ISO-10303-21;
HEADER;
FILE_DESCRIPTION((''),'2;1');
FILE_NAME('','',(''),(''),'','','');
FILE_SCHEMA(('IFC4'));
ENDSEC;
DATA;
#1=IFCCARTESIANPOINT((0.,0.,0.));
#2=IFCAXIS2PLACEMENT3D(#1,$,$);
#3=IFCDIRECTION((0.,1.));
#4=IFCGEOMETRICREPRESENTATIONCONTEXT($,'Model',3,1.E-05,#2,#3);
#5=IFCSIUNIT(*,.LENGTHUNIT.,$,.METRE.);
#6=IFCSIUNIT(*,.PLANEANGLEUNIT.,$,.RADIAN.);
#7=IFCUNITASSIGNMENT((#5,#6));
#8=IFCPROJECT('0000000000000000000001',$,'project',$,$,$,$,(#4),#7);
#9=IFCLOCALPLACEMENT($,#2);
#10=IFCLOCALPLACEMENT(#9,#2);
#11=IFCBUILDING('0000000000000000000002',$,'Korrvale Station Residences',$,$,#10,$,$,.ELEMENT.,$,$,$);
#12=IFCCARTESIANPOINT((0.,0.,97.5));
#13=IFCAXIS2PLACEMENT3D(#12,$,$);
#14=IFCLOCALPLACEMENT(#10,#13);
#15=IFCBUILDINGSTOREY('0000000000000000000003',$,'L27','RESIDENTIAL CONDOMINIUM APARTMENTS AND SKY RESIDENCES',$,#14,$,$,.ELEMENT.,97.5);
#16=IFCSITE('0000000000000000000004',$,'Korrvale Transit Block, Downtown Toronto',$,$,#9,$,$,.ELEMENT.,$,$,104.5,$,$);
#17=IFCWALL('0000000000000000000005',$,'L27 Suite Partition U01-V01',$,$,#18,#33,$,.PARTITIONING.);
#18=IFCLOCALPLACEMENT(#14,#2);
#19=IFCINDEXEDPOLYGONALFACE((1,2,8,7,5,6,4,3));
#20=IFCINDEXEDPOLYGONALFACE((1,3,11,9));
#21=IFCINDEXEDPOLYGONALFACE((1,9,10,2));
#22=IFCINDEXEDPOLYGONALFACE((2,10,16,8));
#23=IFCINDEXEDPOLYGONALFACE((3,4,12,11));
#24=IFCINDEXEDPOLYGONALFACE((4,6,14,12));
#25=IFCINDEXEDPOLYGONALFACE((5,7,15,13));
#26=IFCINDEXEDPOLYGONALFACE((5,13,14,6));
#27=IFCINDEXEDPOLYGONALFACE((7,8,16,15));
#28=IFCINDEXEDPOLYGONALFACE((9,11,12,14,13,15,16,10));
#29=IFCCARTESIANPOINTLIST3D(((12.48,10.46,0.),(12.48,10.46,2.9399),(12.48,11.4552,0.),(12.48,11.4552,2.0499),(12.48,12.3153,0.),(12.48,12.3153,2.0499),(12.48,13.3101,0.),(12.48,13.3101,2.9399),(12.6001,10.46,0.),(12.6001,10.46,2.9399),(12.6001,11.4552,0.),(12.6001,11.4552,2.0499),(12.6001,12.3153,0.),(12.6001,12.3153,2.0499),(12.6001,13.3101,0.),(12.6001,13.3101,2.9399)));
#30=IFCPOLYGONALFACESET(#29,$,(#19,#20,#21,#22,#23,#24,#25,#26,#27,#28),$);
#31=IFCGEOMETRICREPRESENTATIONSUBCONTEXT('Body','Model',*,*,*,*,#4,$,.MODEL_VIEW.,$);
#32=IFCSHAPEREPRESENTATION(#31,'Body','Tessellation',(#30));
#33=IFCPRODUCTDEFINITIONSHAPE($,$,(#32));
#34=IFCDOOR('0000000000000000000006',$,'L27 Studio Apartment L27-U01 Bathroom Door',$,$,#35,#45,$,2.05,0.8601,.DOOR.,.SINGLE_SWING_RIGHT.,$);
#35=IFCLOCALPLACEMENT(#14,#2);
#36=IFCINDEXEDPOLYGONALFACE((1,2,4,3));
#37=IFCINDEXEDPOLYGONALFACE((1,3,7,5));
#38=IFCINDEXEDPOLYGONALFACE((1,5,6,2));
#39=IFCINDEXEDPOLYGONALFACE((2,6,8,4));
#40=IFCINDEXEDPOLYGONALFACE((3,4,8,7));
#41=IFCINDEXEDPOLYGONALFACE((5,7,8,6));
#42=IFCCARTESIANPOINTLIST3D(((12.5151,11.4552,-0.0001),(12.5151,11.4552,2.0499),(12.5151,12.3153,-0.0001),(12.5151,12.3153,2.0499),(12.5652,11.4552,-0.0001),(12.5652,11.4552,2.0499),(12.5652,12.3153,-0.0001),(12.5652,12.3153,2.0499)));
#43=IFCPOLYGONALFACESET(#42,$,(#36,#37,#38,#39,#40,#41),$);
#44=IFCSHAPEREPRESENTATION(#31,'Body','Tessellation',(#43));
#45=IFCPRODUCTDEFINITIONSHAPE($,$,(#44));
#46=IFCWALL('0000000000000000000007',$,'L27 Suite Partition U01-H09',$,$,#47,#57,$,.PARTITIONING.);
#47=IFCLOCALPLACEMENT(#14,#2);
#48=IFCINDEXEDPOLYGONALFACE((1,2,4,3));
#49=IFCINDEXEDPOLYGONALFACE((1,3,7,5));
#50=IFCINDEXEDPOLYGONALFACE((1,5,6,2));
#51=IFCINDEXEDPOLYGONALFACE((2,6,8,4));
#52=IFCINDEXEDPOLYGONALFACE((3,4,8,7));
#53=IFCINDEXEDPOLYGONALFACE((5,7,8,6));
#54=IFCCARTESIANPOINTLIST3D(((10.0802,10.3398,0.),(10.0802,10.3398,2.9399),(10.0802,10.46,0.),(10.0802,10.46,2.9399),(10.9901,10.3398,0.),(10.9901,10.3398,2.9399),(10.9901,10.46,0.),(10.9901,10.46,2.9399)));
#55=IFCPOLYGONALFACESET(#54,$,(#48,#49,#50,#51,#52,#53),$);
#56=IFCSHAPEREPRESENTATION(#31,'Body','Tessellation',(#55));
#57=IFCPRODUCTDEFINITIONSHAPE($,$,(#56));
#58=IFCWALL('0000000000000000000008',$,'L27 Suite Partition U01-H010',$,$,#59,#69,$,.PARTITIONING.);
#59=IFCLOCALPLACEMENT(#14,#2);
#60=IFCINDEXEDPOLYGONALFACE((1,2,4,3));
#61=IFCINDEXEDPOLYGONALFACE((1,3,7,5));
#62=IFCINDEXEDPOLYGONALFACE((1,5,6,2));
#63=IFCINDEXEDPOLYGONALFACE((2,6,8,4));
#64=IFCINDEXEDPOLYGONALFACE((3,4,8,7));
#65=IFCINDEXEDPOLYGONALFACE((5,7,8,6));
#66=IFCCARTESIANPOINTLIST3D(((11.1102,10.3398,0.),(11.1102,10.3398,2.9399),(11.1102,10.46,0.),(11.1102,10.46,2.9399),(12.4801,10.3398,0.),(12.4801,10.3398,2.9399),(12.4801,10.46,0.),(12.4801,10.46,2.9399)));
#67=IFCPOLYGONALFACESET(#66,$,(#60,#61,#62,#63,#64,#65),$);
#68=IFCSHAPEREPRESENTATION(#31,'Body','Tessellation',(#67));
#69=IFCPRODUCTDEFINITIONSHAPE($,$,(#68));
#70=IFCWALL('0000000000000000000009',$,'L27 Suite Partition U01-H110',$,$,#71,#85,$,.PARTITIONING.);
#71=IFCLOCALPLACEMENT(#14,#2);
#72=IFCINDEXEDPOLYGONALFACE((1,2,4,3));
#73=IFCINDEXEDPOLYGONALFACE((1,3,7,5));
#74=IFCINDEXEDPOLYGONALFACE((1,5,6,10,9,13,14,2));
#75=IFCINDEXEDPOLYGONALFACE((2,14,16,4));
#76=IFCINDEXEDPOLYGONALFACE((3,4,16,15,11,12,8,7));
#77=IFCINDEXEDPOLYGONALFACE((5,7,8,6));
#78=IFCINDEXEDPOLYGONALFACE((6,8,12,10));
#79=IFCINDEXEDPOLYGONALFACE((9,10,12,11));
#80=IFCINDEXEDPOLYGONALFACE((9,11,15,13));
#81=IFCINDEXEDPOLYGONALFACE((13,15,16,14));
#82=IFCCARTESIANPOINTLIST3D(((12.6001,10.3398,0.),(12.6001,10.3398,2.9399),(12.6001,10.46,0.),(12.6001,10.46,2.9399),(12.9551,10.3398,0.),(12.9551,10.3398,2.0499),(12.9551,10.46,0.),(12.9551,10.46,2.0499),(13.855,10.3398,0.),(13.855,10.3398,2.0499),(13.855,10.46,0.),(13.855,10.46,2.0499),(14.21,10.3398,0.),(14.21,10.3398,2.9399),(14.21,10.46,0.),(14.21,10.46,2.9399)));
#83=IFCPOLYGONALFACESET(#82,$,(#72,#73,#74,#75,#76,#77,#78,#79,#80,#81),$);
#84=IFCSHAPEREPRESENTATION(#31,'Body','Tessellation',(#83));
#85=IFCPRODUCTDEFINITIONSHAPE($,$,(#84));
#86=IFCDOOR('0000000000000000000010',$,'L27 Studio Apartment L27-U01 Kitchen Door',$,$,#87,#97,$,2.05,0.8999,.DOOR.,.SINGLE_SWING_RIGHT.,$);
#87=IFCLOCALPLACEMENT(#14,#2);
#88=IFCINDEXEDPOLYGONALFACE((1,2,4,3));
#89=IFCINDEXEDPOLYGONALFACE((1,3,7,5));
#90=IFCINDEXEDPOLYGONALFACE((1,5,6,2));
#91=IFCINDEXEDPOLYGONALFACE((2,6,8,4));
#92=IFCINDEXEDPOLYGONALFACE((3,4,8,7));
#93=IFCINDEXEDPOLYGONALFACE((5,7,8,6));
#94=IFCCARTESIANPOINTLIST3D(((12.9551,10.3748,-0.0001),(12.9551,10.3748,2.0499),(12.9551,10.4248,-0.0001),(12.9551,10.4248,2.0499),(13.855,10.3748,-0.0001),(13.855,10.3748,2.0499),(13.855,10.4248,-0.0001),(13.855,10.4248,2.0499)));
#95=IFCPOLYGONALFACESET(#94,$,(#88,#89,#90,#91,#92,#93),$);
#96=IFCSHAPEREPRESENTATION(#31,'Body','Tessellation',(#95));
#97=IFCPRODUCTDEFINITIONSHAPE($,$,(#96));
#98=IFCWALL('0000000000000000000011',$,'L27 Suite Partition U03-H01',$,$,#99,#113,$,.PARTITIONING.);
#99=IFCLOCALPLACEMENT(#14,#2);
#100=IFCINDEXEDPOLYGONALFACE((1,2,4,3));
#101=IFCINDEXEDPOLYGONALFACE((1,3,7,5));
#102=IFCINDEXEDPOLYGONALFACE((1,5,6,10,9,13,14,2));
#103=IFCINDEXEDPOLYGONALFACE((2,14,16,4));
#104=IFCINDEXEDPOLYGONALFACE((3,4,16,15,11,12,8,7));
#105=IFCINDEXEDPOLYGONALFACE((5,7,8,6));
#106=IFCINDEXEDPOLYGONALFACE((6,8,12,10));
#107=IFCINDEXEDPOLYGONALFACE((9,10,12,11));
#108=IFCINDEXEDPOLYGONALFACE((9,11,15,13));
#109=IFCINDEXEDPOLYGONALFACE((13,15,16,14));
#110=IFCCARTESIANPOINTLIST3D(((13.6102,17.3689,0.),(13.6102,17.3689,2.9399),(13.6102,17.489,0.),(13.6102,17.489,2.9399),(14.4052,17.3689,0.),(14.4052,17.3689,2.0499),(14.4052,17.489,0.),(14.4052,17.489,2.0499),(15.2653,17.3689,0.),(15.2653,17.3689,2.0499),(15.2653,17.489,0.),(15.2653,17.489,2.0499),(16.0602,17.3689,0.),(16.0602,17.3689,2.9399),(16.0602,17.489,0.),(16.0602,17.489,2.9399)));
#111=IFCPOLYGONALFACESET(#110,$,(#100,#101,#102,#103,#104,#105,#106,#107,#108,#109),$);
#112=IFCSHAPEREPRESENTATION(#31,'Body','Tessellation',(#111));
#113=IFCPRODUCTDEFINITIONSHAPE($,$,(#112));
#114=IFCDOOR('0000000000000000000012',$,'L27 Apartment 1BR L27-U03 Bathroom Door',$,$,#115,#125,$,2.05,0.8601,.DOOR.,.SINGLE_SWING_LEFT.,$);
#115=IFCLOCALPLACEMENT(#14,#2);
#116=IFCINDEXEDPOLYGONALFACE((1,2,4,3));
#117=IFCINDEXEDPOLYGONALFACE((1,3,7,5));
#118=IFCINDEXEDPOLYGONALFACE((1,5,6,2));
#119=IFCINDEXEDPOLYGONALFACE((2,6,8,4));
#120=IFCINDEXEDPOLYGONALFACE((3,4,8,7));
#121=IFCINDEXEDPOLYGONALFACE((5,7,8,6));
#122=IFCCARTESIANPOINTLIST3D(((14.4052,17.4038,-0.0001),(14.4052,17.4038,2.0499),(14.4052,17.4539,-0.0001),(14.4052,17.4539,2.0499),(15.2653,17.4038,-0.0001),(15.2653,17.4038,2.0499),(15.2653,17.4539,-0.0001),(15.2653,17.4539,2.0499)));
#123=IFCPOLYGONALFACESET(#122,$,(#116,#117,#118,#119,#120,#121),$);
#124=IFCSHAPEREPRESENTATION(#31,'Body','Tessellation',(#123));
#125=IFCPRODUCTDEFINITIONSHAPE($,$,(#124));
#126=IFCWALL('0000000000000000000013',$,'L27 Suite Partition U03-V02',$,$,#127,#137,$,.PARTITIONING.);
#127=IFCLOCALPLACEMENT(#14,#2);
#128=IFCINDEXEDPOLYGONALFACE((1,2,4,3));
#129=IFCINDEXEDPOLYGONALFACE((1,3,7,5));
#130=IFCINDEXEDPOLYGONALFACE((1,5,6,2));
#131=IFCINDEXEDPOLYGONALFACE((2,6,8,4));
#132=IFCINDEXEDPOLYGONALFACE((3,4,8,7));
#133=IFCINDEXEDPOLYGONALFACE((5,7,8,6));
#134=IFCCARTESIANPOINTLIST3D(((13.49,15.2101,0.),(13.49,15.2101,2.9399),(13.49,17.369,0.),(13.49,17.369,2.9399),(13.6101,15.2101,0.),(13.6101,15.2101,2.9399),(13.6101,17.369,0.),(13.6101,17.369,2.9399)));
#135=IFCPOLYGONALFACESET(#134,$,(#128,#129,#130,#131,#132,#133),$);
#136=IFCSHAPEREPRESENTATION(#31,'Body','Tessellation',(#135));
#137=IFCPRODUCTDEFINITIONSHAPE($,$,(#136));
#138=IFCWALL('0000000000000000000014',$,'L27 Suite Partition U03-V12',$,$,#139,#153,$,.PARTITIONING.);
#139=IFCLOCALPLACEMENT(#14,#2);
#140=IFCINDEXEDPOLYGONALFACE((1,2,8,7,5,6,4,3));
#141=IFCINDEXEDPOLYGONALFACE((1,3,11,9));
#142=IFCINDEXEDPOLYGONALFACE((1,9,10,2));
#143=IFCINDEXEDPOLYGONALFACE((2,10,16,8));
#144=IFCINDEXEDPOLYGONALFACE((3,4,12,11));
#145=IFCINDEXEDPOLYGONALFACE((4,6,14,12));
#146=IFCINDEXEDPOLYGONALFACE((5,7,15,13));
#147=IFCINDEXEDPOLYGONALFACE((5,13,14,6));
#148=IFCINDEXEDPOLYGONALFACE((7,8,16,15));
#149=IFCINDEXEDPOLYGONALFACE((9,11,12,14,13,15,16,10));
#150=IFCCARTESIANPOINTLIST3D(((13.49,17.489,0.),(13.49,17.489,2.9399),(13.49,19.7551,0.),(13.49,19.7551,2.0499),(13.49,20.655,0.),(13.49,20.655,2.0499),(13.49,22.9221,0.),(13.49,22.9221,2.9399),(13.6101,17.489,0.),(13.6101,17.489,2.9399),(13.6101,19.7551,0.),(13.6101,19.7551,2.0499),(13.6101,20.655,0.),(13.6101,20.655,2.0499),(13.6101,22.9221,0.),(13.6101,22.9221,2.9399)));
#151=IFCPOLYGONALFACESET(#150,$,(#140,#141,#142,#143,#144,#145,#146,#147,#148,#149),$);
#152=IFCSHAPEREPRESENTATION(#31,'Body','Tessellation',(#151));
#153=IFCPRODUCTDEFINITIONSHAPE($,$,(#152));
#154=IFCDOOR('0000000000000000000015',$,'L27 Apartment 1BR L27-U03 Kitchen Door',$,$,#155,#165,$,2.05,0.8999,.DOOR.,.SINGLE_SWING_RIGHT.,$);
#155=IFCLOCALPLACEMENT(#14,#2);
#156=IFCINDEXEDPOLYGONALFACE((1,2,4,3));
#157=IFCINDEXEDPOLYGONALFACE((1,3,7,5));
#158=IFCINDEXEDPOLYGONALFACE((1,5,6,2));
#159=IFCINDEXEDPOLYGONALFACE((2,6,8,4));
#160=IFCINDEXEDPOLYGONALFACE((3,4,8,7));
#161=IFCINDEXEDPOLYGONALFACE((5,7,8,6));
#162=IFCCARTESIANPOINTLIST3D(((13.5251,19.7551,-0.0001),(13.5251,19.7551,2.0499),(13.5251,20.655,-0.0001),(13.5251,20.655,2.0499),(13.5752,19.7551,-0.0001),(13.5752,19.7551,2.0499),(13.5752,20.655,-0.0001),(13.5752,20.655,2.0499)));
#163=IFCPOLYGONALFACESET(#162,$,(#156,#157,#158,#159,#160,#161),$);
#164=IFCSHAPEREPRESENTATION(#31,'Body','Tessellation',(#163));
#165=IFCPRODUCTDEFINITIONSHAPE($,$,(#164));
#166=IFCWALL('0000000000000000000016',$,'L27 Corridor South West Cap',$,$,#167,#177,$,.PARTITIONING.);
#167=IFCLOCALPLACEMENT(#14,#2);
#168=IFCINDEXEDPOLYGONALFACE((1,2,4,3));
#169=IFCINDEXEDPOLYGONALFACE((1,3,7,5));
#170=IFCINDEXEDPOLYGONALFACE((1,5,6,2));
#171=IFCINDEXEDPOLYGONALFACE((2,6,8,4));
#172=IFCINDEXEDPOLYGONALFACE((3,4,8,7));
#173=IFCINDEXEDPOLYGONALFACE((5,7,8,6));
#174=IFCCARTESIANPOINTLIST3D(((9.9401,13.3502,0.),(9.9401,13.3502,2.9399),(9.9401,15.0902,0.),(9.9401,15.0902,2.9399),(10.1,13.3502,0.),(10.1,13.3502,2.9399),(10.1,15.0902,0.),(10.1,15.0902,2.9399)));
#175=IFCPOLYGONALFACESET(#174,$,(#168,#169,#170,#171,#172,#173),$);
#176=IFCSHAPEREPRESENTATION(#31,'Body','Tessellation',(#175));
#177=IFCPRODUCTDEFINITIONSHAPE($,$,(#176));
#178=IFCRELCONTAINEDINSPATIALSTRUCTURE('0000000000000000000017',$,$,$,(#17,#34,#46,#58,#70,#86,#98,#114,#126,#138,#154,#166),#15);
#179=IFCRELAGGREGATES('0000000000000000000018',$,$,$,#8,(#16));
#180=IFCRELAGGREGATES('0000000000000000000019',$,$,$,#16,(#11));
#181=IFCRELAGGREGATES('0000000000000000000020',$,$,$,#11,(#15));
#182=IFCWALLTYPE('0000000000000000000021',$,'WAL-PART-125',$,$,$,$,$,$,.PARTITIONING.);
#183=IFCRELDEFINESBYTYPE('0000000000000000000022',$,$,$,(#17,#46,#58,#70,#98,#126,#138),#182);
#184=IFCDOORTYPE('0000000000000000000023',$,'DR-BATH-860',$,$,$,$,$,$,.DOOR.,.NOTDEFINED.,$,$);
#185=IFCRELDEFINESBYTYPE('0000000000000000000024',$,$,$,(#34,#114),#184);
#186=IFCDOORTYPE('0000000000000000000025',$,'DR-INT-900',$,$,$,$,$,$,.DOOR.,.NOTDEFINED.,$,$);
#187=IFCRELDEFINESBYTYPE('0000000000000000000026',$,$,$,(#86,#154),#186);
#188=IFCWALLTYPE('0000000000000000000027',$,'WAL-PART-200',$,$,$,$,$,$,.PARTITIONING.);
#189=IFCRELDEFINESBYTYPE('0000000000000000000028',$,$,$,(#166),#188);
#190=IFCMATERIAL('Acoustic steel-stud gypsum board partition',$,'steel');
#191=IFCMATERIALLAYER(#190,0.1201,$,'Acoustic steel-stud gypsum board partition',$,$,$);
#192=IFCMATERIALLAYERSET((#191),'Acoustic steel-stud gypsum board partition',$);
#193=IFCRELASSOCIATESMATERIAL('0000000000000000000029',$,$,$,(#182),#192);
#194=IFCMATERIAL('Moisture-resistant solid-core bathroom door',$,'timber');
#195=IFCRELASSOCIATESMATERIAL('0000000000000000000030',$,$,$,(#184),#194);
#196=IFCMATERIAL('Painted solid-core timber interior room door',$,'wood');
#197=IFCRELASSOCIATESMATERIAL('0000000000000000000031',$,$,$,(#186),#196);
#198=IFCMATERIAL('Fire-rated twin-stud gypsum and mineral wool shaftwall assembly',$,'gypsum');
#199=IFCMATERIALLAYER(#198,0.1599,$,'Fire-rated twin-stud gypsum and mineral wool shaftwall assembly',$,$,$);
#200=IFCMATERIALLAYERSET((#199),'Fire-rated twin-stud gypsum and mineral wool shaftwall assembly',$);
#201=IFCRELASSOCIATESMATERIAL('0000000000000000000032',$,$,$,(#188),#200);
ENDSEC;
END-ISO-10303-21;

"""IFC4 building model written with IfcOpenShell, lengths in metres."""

from ifc_helpers import new_model, si_unit, direction, frame, frame_2d, origin, place, context, subcontext, project, spatial, rectangle, extrude, material, layer, layer_set, type_object, element, fill, save


model = new_model("IFC4")

# Units and contexts
model_context = context("Model", 3, precision=1e-05, world=origin(), true_north=direction((0.0, 1.0)))
body_context = subcontext(model_context, "Body", "Model", "MODEL_VIEW")
ifc_project = project(units=[si_unit("LENGTHUNIT", "METRE"), si_unit("PLANEANGLEUNIT", "RADIAN")], contexts=[model_context])

# Site, building, storey
site_placement = place(None, origin())
site = spatial("IfcSite", under=ifc_project, at=site_placement, Name="Korrvale Transit Block, Downtown Toronto", CompositionType="ELEMENT", RefElevation=104.5)
building_placement = place(site_placement, origin())
building = spatial("IfcBuilding", under=site, at=building_placement, Name="Korrvale Station Residences", CompositionType="ELEMENT")
storey_placement = place(building_placement, frame((0.0, 0.0, 97.5)))
storey = spatial("IfcBuildingStorey", under=building, at=storey_placement, Name="L27", Description="RESIDENTIAL CONDOMINIUM APARTMENTS AND SKY RESIDENCES", CompositionType="ELEMENT", Elevation=97.5)

# Wall, opening, door
ifc_material_1 = material(Name="Acoustic steel-stud gypsum board partition", Category="steel")
ifc_layer_1 = layer(ifc_material_1, 0.1201, Name="Acoustic steel-stud gypsum board partition")
ifc_layer_set_1 = layer_set([ifc_layer_1], Name="Acoustic steel-stud gypsum board partition")
wall_type_1 = type_object("IfcWallType", Name="WAL-PART-125", PredefinedType="PARTITIONING", material=ifc_layer_set_1)
wall_1_placement = place(storey_placement, frame((12.54, 10.46, 0.0), z_axis=(0.0, 0.0, 1.0), x_axis=(0.0, 1.0, 0.0)))
wall_1 = element("IfcWall", 1, at=wall_1_placement, inside=storey, type_object=wall_type_1, Name="L27 Suite Partition U01-V01", PredefinedType="PARTITIONING", context=body_context, shape_type="SweptSolid", body=[
    extrude(rectangle(XDim=2.8501, YDim=0.1201, at=frame_2d((1.425, 0.0))), origin(), (0.0, 0.0, 1.0), 2.9399),
])
opening_1_placement = place(wall_1_placement, frame((0.9951, 0.0, 0.0)))
opening_1 = element("IfcOpeningElement", 2, at=opening_1_placement, cuts=wall_1, PredefinedType="OPENING", context=body_context, shape_type="SweptSolid", body=[
    extrude(rectangle(XDim=0.8601, YDim=2.05, at=frame_2d((0.4302, 1.0249))), frame((0.0, 0.0701, 0.0), z_axis=(0.0, -1.0, 0.0), x_axis=(1.0, 0.0, 0.0)), (0.0, 0.0, 1.0), 0.1401),
])
ifc_material_2 = material(Name="Moisture-resistant solid-core bathroom door", Category="timber")
door_type_1 = type_object("IfcDoorType", Name="DR-BATH-860", OperationType="NOTDEFINED", PredefinedType="DOOR", material=ifc_material_2)
door_1_placement = place(opening_1_placement, origin())
door_1 = element("IfcDoor", 3, at=door_1_placement, inside=storey, type_object=door_type_1, Name="L27 Studio Apartment L27-U01 Bathroom Door", OperationType="SINGLE_SWING_RIGHT", OverallHeight=2.05, OverallWidth=0.8601, PredefinedType="DOOR", context=body_context, shape_type="SweptSolid", body=[
    extrude(rectangle(XDim=0.8601, YDim=2.05, at=frame_2d((0.4302, 1.0249))), frame((0.0, 0.0249, 0.0), z_axis=(0.0, -1.0, 0.0), x_axis=(1.0, 0.0, 0.0)), (0.0, 0.0, 1.0), 0.05),
])
fill(opening_1, door_1)

# Walls
wall_2_placement = place(storey_placement, frame((10.0801, 10.3999, 0.0), z_axis=(0.0, 0.0, 1.0), x_axis=(1.0, 0.0, 0.0)))
element("IfcWall", 4, at=wall_2_placement, inside=storey, type_object=wall_type_1, Name="L27 Suite Partition U01-H09", PredefinedType="PARTITIONING", context=body_context, shape_type="SweptSolid", body=[
    extrude(rectangle(XDim=0.9099, YDim=0.1201, at=frame_2d((0.4551, 0.0))), origin(), (0.0, 0.0, 1.0), 2.9399),
])
wall_3_placement = place(storey_placement, frame((11.1101, 10.3999, 0.0), z_axis=(0.0, 0.0, 1.0), x_axis=(1.0, 0.0, 0.0)))
element("IfcWall", 5, at=wall_3_placement, inside=storey, type_object=wall_type_1, Name="L27 Suite Partition U01-H010", PredefinedType="PARTITIONING", context=body_context, shape_type="SweptSolid", body=[
    extrude(rectangle(XDim=1.3699, YDim=0.1201, at=frame_2d((0.6851, 0.0))), origin(), (0.0, 0.0, 1.0), 2.9399),
])

# Walls, openings, doors
wall_4_placement = place(storey_placement, frame((12.6001, 10.3999, 0.0), z_axis=(0.0, 0.0, 1.0), x_axis=(1.0, 0.0, 0.0)))
wall_4 = element("IfcWall", 6, at=wall_4_placement, inside=storey, type_object=wall_type_1, Name="L27 Suite Partition U01-H110", PredefinedType="PARTITIONING", context=body_context, shape_type="SweptSolid", body=[
    extrude(rectangle(XDim=1.6099, YDim=0.1201, at=frame_2d((0.8049, 0.0))), origin(), (0.0, 0.0, 1.0), 2.9399),
])
opening_2_placement = place(wall_4_placement, frame((0.355, 0.0, 0.0)))
opening_2 = element("IfcOpeningElement", 7, at=opening_2_placement, cuts=wall_4, PredefinedType="OPENING", context=body_context, shape_type="SweptSolid", body=[
    extrude(rectangle(XDim=0.8999, YDim=2.05, at=frame_2d((0.45, 1.0249))), frame((0.0, 0.0701, 0.0), z_axis=(0.0, -1.0, 0.0), x_axis=(1.0, 0.0, 0.0)), (0.0, 0.0, 1.0), 0.1401),
])
ifc_material_3 = material(Name="Painted solid-core timber interior room door", Category="wood")
door_type_2 = type_object("IfcDoorType", Name="DR-INT-900", OperationType="NOTDEFINED", PredefinedType="DOOR", material=ifc_material_3)
door_2_placement = place(opening_2_placement, origin())
door_2 = element("IfcDoor", 8, at=door_2_placement, inside=storey, type_object=door_type_2, Name="L27 Studio Apartment L27-U01 Kitchen Door", OperationType="SINGLE_SWING_RIGHT", OverallHeight=2.05, OverallWidth=0.8999, PredefinedType="DOOR", context=body_context, shape_type="SweptSolid", body=[
    extrude(rectangle(XDim=0.8999, YDim=2.05, at=frame_2d((0.45, 1.0249))), frame((0.0, 0.0249, 0.0), z_axis=(0.0, -1.0, 0.0), x_axis=(1.0, 0.0, 0.0)), (0.0, 0.0, 1.0), 0.05),
])
fill(opening_2, door_2)
wall_5_placement = place(storey_placement, frame((13.6101, 17.429, 0.0), z_axis=(0.0, 0.0, 1.0), x_axis=(1.0, 0.0, 0.0)))
wall_5 = element("IfcWall", 9, at=wall_5_placement, inside=storey, type_object=wall_type_1, Name="L27 Suite Partition U03-H01", PredefinedType="PARTITIONING", context=body_context, shape_type="SweptSolid", body=[
    extrude(rectangle(XDim=2.45, YDim=0.1201, at=frame_2d((1.2251, 0.0))), origin(), (0.0, 0.0, 1.0), 2.9399),
])
opening_3_placement = place(wall_5_placement, frame((0.7949, 0.0, 0.0)))
opening_3 = element("IfcOpeningElement", 10, at=opening_3_placement, cuts=wall_5, PredefinedType="OPENING", context=body_context, shape_type="SweptSolid", body=[
    extrude(rectangle(XDim=0.8601, YDim=2.05, at=frame_2d((0.4302, 1.0249))), frame((0.0, 0.0701, 0.0), z_axis=(0.0, -1.0, 0.0), x_axis=(1.0, 0.0, 0.0)), (0.0, 0.0, 1.0), 0.1401),
])
door_3_placement = place(opening_3_placement, origin())
door_3 = element("IfcDoor", 11, at=door_3_placement, inside=storey, type_object=door_type_1, Name="L27 Apartment 1BR L27-U03 Bathroom Door", OperationType="SINGLE_SWING_LEFT", OverallHeight=2.05, OverallWidth=0.8601, PredefinedType="DOOR", context=body_context, shape_type="SweptSolid", body=[
    extrude(rectangle(XDim=0.8601, YDim=2.05, at=frame_2d((0.4302, 1.0249))), frame((0.0, 0.0249, 0.0), z_axis=(0.0, -1.0, 0.0), x_axis=(1.0, 0.0, 0.0)), (0.0, 0.0, 1.0), 0.05),
])
fill(opening_3, door_3)

# Wall
wall_6_placement = place(storey_placement, frame((13.55, 15.21, 0.0), z_axis=(0.0, 0.0, 1.0), x_axis=(0.0, 1.0, 0.0)))
element("IfcWall", 12, at=wall_6_placement, inside=storey, type_object=wall_type_1, Name="L27 Suite Partition U03-V02", PredefinedType="PARTITIONING", context=body_context, shape_type="SweptSolid", body=[
    extrude(rectangle(XDim=2.1589, YDim=0.1201, at=frame_2d((1.0796, 0.0))), origin(), (0.0, 0.0, 1.0), 2.9399),
])

# Wall, opening, door
wall_7_placement = place(storey_placement, frame((13.55, 17.489, 0.0), z_axis=(0.0, 0.0, 1.0), x_axis=(0.0, 1.0, 0.0)))
wall_7 = element("IfcWall", 13, at=wall_7_placement, inside=storey, type_object=wall_type_1, Name="L27 Suite Partition U03-V12", PredefinedType="PARTITIONING", context=body_context, shape_type="SweptSolid", body=[
    extrude(rectangle(XDim=5.4331, YDim=0.1201, at=frame_2d((2.7166, 0.0))), origin(), (0.0, 0.0, 1.0), 2.9399),
])
opening_4_placement = place(wall_7_placement, frame((2.2661, 0.0, 0.0)))
opening_4 = element("IfcOpeningElement", 14, at=opening_4_placement, cuts=wall_7, PredefinedType="OPENING", context=body_context, shape_type="SweptSolid", body=[
    extrude(rectangle(XDim=0.8999, YDim=2.05, at=frame_2d((0.45, 1.0249))), frame((0.0, 0.0701, 0.0), z_axis=(0.0, -1.0, 0.0), x_axis=(1.0, 0.0, 0.0)), (0.0, 0.0, 1.0), 0.1401),
])
door_4_placement = place(opening_4_placement, origin())
door_4 = element("IfcDoor", 15, at=door_4_placement, inside=storey, type_object=door_type_2, Name="L27 Apartment 1BR L27-U03 Kitchen Door", OperationType="SINGLE_SWING_RIGHT", OverallHeight=2.05, OverallWidth=0.8999, PredefinedType="DOOR", context=body_context, shape_type="SweptSolid", body=[
    extrude(rectangle(XDim=0.8999, YDim=2.05, at=frame_2d((0.45, 1.0249))), frame((0.0, 0.0249, 0.0), z_axis=(0.0, -1.0, 0.0), x_axis=(1.0, 0.0, 0.0)), (0.0, 0.0, 1.0), 0.05),
])
fill(opening_4, door_4)

# Wall
ifc_material_4 = material(Name="Fire-rated twin-stud gypsum and mineral wool shaftwall assembly", Category="gypsum")
ifc_layer_2 = layer(ifc_material_4, 0.1599, Name="Fire-rated twin-stud gypsum and mineral wool shaftwall assembly")
ifc_layer_set_2 = layer_set([ifc_layer_2], Name="Fire-rated twin-stud gypsum and mineral wool shaftwall assembly")
wall_type_2 = type_object("IfcWallType", Name="WAL-PART-200", PredefinedType="PARTITIONING", material=ifc_layer_set_2)
wall_8_placement = place(storey_placement, frame((10.02, 13.3501, 0.0), z_axis=(0.0, 0.0, 1.0), x_axis=(0.0, 1.0, 0.0)))
element("IfcWall", 16, at=wall_8_placement, inside=storey, type_object=wall_type_2, Name="L27 Corridor South West Cap", PredefinedType="PARTITIONING", context=body_context, shape_type="SweptSolid", body=[
    extrude(rectangle(XDim=1.74, YDim=0.1599, at=frame_2d((0.8701, 0.0))), origin(), (0.0, 0.0, 1.0), 2.9399),
])

save(model, "model.ifc")
